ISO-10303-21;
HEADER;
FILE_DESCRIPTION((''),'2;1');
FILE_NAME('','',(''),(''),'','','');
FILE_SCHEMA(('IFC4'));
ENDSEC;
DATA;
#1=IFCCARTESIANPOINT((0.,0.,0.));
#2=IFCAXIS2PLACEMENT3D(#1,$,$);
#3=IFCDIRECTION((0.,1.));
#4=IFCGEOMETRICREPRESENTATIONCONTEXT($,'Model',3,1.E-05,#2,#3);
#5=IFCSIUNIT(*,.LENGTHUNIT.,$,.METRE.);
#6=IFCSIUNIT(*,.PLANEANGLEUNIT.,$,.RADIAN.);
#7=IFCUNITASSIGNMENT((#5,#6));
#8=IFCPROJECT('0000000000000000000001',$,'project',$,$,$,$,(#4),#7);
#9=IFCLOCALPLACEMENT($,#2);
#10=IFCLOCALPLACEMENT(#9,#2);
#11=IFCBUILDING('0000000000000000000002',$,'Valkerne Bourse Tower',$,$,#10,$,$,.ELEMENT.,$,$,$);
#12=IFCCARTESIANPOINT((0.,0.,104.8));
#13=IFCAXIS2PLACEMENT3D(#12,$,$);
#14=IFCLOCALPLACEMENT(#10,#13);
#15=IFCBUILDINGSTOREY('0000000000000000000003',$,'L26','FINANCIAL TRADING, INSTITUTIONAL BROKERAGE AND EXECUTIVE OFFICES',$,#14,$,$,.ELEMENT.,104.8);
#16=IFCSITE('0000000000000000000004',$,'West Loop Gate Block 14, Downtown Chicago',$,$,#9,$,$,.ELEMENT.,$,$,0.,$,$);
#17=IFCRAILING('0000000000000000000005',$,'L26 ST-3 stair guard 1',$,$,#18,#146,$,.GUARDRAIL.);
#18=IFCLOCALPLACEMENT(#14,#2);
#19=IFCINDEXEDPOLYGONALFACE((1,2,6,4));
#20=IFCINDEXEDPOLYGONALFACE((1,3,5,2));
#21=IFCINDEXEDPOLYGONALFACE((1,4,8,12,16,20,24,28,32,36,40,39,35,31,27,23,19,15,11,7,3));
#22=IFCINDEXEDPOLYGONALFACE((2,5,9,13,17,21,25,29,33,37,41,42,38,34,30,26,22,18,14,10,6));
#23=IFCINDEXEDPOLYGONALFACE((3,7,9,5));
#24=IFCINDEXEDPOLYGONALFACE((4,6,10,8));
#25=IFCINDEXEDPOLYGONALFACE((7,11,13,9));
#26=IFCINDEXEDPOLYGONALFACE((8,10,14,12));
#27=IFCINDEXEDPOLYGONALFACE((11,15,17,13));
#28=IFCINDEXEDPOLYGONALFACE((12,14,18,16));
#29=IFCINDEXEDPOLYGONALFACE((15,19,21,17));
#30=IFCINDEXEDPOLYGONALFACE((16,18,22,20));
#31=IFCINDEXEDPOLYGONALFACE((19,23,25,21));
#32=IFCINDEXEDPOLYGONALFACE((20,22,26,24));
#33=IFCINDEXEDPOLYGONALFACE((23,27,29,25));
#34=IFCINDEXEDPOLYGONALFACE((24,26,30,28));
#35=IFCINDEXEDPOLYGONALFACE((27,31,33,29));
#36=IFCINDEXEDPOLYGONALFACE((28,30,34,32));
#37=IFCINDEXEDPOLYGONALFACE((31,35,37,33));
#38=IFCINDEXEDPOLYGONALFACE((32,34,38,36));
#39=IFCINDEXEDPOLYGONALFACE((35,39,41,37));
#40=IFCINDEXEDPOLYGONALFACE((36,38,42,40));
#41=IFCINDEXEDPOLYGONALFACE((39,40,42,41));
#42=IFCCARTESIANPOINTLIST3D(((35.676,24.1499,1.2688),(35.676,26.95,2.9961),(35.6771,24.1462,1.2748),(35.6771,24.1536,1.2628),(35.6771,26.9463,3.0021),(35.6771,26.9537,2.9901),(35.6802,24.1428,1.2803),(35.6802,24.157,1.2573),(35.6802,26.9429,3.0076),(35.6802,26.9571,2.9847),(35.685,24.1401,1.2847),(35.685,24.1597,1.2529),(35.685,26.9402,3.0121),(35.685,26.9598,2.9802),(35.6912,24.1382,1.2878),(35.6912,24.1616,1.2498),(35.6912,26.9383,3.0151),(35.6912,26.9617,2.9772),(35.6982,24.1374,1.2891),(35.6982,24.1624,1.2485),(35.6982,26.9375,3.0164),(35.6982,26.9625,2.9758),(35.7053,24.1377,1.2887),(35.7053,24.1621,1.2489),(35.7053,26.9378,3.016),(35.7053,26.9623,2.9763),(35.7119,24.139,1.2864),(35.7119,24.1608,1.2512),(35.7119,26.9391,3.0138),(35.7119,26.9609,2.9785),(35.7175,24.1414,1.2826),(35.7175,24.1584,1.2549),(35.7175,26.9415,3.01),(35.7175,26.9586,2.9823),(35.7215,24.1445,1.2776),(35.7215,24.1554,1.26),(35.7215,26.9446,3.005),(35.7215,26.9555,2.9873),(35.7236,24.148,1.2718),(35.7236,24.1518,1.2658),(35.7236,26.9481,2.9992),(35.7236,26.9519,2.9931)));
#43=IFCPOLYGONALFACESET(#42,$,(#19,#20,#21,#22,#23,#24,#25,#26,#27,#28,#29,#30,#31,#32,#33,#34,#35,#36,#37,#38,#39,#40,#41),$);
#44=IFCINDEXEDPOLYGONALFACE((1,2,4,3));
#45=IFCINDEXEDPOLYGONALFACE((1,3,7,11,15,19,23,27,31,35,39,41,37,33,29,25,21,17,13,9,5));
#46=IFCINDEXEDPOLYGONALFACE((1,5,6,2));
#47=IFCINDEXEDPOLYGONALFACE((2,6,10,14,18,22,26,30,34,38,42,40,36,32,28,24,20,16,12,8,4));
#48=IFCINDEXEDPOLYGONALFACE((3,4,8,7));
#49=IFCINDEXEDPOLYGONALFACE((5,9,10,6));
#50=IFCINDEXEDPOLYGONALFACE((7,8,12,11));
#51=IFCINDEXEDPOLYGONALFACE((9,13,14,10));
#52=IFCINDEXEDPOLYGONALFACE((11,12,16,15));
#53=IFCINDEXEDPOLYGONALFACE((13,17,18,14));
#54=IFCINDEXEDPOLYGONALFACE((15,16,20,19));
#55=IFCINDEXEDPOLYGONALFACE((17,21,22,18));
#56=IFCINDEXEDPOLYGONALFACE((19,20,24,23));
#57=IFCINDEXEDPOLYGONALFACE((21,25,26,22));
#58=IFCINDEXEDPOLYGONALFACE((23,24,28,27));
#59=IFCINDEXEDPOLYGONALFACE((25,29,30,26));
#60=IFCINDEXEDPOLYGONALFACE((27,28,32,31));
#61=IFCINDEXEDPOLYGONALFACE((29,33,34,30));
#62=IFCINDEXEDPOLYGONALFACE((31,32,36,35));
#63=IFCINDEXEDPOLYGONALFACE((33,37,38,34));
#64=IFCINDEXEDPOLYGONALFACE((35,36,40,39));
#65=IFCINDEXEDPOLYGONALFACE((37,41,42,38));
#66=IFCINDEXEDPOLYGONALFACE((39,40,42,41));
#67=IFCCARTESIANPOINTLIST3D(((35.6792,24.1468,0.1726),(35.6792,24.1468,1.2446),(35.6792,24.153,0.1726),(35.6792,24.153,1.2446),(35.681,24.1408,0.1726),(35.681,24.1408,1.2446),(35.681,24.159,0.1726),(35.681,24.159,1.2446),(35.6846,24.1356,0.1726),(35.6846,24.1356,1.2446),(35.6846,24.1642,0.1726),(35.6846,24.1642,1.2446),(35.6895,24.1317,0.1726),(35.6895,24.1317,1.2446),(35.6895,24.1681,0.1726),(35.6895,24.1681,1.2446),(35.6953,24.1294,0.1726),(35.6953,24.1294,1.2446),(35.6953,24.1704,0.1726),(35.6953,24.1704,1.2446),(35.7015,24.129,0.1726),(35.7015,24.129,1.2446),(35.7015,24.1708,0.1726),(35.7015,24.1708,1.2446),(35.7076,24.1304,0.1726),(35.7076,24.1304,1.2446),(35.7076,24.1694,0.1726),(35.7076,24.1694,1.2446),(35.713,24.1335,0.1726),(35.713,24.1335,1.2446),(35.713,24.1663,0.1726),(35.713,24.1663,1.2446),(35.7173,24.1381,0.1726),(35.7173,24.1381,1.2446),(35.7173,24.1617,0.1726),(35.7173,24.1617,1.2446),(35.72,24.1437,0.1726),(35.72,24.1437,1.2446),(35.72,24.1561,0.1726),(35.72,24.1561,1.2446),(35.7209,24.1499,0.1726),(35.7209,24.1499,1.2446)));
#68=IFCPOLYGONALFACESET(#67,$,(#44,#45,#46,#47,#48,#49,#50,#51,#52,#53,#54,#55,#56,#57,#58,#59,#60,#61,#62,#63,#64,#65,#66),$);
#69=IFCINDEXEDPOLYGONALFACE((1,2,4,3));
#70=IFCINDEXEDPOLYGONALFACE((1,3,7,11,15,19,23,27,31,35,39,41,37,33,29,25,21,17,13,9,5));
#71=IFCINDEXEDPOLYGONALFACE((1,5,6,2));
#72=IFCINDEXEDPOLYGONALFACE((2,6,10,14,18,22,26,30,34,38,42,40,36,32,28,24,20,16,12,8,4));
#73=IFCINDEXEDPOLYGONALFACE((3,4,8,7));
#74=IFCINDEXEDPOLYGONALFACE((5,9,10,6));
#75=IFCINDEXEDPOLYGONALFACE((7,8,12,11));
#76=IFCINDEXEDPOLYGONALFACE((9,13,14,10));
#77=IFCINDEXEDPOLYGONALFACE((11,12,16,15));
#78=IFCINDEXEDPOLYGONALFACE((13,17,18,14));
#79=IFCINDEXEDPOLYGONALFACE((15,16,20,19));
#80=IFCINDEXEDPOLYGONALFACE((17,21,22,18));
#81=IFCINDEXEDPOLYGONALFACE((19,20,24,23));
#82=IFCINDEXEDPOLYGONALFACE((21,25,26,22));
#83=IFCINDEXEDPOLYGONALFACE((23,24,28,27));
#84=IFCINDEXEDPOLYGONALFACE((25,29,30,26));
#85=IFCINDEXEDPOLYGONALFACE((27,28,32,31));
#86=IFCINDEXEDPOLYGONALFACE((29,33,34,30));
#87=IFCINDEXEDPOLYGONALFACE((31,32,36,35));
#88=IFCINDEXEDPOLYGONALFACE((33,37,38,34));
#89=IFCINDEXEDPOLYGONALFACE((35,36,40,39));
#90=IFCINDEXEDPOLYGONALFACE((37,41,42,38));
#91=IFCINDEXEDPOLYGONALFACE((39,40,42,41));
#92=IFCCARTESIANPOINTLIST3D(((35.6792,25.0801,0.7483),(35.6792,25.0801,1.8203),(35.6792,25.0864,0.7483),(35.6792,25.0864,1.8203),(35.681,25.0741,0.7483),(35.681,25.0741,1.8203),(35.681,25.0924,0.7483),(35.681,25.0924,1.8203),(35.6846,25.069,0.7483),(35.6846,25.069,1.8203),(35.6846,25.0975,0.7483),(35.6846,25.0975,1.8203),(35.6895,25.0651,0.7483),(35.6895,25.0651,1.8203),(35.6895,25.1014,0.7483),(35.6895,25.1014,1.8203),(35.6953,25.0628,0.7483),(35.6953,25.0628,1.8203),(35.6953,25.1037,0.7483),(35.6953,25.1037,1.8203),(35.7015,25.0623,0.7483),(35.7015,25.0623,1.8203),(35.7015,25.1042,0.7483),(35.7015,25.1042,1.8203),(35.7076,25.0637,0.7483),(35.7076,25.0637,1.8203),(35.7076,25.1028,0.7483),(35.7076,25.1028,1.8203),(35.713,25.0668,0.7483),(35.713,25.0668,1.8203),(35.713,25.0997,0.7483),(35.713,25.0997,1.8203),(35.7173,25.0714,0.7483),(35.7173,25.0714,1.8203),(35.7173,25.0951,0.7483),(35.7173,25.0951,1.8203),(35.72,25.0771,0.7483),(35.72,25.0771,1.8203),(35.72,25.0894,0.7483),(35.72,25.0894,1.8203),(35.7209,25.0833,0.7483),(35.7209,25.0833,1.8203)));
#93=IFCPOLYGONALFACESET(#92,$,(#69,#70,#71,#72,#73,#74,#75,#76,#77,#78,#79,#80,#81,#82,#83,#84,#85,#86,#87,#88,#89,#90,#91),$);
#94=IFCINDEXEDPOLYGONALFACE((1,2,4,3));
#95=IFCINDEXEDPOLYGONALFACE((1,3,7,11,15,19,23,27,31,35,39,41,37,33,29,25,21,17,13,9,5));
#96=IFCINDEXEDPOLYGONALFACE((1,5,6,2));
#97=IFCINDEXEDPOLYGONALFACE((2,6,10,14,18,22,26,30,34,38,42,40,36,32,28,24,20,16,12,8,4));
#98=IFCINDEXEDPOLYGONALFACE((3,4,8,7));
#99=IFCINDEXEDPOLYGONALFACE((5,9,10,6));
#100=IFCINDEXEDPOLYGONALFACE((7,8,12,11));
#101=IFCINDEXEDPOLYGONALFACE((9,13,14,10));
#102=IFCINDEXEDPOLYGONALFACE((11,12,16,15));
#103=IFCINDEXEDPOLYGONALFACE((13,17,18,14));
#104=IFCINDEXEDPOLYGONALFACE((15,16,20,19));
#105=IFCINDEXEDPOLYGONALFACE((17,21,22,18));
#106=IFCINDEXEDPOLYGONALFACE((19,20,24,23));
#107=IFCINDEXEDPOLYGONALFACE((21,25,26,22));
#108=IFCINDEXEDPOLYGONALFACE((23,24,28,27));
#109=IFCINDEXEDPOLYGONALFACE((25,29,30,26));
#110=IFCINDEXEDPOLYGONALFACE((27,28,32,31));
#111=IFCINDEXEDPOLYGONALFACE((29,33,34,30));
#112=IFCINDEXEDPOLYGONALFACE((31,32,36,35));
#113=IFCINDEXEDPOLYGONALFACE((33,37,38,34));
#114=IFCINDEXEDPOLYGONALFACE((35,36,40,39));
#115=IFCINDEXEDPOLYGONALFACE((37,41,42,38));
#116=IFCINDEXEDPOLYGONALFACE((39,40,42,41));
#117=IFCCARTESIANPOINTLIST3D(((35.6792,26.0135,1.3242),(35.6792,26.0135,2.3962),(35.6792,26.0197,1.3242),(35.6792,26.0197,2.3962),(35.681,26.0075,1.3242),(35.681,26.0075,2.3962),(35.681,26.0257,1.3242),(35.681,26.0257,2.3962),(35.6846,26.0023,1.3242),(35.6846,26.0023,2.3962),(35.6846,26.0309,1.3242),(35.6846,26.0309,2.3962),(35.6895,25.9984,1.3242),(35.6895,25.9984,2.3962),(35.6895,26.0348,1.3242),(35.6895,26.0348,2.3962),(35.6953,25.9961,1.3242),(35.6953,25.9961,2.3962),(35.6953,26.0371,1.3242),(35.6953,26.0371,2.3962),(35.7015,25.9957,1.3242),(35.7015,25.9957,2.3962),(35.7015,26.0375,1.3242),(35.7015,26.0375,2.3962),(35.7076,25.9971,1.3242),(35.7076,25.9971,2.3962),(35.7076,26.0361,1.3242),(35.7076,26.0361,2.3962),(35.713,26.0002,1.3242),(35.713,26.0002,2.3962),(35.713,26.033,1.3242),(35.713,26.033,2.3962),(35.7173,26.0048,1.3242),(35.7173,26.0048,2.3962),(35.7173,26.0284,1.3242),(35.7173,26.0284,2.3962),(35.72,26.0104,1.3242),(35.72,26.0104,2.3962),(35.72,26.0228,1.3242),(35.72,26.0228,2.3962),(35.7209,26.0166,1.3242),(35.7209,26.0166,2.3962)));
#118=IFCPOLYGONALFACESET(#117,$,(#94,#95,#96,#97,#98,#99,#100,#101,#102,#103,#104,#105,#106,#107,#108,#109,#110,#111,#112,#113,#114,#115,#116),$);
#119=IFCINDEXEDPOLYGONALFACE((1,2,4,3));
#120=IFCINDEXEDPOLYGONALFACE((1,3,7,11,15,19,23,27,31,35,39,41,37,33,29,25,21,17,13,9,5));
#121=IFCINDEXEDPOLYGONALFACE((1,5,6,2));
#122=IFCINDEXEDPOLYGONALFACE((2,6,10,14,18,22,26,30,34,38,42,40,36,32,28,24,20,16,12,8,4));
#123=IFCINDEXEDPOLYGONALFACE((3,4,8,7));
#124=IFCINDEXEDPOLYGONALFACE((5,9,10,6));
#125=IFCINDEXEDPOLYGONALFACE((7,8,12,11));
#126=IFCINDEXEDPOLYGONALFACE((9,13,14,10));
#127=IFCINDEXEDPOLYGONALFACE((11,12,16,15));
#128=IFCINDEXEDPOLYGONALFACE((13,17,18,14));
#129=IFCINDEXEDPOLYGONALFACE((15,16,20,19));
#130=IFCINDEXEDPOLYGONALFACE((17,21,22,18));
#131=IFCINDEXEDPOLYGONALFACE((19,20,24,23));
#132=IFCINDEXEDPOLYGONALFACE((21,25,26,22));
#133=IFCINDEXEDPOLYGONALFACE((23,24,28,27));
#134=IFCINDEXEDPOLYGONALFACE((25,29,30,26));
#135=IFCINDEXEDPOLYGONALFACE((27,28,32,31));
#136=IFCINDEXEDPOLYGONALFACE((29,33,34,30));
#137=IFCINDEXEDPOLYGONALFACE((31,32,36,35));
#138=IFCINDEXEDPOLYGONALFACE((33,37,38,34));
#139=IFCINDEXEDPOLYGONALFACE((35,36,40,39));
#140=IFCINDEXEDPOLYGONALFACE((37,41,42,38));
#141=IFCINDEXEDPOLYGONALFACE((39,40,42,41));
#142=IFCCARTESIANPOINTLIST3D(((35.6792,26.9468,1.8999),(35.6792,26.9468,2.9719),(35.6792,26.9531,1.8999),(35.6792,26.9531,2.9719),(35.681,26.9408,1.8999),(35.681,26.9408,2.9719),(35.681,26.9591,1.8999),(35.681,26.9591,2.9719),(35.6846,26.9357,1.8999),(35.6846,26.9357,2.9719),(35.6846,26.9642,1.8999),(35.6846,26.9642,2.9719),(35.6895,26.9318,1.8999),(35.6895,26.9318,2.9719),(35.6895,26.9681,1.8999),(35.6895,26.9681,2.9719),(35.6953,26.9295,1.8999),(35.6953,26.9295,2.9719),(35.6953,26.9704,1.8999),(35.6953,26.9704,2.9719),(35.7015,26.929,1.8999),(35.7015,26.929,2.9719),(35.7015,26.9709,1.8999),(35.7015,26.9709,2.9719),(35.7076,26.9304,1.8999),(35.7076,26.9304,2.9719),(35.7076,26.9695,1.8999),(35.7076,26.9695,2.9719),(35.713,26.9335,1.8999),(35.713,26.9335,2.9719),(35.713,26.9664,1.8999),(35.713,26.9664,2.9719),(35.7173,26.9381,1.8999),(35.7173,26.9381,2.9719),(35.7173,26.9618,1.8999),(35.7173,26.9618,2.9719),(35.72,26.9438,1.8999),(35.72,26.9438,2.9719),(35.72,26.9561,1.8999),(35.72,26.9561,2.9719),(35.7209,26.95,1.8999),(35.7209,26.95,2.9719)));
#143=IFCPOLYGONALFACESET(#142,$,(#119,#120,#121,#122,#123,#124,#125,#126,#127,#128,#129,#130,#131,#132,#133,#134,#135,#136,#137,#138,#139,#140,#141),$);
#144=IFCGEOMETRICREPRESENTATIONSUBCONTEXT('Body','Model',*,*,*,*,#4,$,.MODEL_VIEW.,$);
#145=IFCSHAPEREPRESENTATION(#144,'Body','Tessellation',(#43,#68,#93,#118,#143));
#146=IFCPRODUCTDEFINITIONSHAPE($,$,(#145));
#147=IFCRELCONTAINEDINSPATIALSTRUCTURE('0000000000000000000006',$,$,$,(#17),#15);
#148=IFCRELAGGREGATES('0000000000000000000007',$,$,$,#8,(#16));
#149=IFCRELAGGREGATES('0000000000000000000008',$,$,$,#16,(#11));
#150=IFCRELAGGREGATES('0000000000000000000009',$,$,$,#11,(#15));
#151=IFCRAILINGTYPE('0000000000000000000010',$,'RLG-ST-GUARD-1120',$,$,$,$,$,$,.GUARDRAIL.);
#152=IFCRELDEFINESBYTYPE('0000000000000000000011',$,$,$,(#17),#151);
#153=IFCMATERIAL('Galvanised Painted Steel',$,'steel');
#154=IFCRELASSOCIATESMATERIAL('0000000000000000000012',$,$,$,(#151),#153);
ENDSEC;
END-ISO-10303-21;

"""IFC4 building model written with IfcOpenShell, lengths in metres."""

from ifc_helpers import new_model, si_unit, direction, frame, origin, origin_2d, place, context, subcontext, project, spatial, circle, extrude, material, type_object, element, save


model = new_model("IFC4")

# Units and contexts
model_context = context("Model", 3, precision=1e-05, world=origin(), true_north=direction((0.0, 1.0)))
body_context = subcontext(model_context, "Body", "Model", "MODEL_VIEW")
ifc_project = project(units=[si_unit("LENGTHUNIT", "METRE"), si_unit("PLANEANGLEUNIT", "RADIAN")], contexts=[model_context])

# Site, building, storey
site_placement = place(None, origin())
site = spatial("IfcSite", under=ifc_project, at=site_placement, Name="West Loop Gate Block 14, Downtown Chicago", CompositionType="ELEMENT", RefElevation=0.0)
building_placement = place(site_placement, origin())
building = spatial("IfcBuilding", under=site, at=building_placement, Name="Valkerne Bourse Tower", CompositionType="ELEMENT")
storey_placement = place(building_placement, frame((0.0, 0.0, 104.8)))
storey = spatial("IfcBuildingStorey", under=building, at=storey_placement, Name="L26", Description="FINANCIAL TRADING, INSTITUTIONAL BROKERAGE AND EXECUTIVE OFFICES", CompositionType="ELEMENT", Elevation=104.8)

# Shared definitions
ifc_material_1 = material(Name="Galvanised Painted Steel", Category="steel")

# Railing
railing_type_1 = type_object("IfcRailingType", Name="RLG-ST-GUARD-1120", PredefinedType="GUARDRAIL", material=ifc_material_1)
railing_1_placement = place(storey_placement, frame((35.7, 24.1499, 0.1726)))
element("IfcRailing", 1, at=railing_1_placement, inside=storey, type_object=railing_type_1, Name="L26 ST-3 stair guard 1", PredefinedType="GUARDRAIL", context=body_context, shape_type="SweptSolid", body=[
    extrude(circle(Radius=0.0239, at=origin_2d()), frame((0.0, 0.0, 1.0962), z_axis=(0.0, 0.85109, 0.52502), x_axis=(-1.0, 0.0, 0.0)), (0.0, 0.0, 1.0), 3.29),
    extrude(circle(Radius=0.021, at=origin_2d()), origin(), (0.0, 0.0, 1.0), 1.072),
    extrude(circle(Radius=0.021, at=origin_2d()), frame((0.0, 0.9333, 0.5757)), (0.0, 0.0, 1.0), 1.072),
    extrude(circle(Radius=0.021, at=origin_2d()), frame((0.0, 1.8667, 1.1516)), (0.0, 0.0, 1.0), 1.072),
    extrude(circle(Radius=0.021, at=origin_2d()), frame((0.0, 2.8, 1.7273)), (0.0, 0.0, 1.0), 1.072),
])

save(model, "model.ifc")
